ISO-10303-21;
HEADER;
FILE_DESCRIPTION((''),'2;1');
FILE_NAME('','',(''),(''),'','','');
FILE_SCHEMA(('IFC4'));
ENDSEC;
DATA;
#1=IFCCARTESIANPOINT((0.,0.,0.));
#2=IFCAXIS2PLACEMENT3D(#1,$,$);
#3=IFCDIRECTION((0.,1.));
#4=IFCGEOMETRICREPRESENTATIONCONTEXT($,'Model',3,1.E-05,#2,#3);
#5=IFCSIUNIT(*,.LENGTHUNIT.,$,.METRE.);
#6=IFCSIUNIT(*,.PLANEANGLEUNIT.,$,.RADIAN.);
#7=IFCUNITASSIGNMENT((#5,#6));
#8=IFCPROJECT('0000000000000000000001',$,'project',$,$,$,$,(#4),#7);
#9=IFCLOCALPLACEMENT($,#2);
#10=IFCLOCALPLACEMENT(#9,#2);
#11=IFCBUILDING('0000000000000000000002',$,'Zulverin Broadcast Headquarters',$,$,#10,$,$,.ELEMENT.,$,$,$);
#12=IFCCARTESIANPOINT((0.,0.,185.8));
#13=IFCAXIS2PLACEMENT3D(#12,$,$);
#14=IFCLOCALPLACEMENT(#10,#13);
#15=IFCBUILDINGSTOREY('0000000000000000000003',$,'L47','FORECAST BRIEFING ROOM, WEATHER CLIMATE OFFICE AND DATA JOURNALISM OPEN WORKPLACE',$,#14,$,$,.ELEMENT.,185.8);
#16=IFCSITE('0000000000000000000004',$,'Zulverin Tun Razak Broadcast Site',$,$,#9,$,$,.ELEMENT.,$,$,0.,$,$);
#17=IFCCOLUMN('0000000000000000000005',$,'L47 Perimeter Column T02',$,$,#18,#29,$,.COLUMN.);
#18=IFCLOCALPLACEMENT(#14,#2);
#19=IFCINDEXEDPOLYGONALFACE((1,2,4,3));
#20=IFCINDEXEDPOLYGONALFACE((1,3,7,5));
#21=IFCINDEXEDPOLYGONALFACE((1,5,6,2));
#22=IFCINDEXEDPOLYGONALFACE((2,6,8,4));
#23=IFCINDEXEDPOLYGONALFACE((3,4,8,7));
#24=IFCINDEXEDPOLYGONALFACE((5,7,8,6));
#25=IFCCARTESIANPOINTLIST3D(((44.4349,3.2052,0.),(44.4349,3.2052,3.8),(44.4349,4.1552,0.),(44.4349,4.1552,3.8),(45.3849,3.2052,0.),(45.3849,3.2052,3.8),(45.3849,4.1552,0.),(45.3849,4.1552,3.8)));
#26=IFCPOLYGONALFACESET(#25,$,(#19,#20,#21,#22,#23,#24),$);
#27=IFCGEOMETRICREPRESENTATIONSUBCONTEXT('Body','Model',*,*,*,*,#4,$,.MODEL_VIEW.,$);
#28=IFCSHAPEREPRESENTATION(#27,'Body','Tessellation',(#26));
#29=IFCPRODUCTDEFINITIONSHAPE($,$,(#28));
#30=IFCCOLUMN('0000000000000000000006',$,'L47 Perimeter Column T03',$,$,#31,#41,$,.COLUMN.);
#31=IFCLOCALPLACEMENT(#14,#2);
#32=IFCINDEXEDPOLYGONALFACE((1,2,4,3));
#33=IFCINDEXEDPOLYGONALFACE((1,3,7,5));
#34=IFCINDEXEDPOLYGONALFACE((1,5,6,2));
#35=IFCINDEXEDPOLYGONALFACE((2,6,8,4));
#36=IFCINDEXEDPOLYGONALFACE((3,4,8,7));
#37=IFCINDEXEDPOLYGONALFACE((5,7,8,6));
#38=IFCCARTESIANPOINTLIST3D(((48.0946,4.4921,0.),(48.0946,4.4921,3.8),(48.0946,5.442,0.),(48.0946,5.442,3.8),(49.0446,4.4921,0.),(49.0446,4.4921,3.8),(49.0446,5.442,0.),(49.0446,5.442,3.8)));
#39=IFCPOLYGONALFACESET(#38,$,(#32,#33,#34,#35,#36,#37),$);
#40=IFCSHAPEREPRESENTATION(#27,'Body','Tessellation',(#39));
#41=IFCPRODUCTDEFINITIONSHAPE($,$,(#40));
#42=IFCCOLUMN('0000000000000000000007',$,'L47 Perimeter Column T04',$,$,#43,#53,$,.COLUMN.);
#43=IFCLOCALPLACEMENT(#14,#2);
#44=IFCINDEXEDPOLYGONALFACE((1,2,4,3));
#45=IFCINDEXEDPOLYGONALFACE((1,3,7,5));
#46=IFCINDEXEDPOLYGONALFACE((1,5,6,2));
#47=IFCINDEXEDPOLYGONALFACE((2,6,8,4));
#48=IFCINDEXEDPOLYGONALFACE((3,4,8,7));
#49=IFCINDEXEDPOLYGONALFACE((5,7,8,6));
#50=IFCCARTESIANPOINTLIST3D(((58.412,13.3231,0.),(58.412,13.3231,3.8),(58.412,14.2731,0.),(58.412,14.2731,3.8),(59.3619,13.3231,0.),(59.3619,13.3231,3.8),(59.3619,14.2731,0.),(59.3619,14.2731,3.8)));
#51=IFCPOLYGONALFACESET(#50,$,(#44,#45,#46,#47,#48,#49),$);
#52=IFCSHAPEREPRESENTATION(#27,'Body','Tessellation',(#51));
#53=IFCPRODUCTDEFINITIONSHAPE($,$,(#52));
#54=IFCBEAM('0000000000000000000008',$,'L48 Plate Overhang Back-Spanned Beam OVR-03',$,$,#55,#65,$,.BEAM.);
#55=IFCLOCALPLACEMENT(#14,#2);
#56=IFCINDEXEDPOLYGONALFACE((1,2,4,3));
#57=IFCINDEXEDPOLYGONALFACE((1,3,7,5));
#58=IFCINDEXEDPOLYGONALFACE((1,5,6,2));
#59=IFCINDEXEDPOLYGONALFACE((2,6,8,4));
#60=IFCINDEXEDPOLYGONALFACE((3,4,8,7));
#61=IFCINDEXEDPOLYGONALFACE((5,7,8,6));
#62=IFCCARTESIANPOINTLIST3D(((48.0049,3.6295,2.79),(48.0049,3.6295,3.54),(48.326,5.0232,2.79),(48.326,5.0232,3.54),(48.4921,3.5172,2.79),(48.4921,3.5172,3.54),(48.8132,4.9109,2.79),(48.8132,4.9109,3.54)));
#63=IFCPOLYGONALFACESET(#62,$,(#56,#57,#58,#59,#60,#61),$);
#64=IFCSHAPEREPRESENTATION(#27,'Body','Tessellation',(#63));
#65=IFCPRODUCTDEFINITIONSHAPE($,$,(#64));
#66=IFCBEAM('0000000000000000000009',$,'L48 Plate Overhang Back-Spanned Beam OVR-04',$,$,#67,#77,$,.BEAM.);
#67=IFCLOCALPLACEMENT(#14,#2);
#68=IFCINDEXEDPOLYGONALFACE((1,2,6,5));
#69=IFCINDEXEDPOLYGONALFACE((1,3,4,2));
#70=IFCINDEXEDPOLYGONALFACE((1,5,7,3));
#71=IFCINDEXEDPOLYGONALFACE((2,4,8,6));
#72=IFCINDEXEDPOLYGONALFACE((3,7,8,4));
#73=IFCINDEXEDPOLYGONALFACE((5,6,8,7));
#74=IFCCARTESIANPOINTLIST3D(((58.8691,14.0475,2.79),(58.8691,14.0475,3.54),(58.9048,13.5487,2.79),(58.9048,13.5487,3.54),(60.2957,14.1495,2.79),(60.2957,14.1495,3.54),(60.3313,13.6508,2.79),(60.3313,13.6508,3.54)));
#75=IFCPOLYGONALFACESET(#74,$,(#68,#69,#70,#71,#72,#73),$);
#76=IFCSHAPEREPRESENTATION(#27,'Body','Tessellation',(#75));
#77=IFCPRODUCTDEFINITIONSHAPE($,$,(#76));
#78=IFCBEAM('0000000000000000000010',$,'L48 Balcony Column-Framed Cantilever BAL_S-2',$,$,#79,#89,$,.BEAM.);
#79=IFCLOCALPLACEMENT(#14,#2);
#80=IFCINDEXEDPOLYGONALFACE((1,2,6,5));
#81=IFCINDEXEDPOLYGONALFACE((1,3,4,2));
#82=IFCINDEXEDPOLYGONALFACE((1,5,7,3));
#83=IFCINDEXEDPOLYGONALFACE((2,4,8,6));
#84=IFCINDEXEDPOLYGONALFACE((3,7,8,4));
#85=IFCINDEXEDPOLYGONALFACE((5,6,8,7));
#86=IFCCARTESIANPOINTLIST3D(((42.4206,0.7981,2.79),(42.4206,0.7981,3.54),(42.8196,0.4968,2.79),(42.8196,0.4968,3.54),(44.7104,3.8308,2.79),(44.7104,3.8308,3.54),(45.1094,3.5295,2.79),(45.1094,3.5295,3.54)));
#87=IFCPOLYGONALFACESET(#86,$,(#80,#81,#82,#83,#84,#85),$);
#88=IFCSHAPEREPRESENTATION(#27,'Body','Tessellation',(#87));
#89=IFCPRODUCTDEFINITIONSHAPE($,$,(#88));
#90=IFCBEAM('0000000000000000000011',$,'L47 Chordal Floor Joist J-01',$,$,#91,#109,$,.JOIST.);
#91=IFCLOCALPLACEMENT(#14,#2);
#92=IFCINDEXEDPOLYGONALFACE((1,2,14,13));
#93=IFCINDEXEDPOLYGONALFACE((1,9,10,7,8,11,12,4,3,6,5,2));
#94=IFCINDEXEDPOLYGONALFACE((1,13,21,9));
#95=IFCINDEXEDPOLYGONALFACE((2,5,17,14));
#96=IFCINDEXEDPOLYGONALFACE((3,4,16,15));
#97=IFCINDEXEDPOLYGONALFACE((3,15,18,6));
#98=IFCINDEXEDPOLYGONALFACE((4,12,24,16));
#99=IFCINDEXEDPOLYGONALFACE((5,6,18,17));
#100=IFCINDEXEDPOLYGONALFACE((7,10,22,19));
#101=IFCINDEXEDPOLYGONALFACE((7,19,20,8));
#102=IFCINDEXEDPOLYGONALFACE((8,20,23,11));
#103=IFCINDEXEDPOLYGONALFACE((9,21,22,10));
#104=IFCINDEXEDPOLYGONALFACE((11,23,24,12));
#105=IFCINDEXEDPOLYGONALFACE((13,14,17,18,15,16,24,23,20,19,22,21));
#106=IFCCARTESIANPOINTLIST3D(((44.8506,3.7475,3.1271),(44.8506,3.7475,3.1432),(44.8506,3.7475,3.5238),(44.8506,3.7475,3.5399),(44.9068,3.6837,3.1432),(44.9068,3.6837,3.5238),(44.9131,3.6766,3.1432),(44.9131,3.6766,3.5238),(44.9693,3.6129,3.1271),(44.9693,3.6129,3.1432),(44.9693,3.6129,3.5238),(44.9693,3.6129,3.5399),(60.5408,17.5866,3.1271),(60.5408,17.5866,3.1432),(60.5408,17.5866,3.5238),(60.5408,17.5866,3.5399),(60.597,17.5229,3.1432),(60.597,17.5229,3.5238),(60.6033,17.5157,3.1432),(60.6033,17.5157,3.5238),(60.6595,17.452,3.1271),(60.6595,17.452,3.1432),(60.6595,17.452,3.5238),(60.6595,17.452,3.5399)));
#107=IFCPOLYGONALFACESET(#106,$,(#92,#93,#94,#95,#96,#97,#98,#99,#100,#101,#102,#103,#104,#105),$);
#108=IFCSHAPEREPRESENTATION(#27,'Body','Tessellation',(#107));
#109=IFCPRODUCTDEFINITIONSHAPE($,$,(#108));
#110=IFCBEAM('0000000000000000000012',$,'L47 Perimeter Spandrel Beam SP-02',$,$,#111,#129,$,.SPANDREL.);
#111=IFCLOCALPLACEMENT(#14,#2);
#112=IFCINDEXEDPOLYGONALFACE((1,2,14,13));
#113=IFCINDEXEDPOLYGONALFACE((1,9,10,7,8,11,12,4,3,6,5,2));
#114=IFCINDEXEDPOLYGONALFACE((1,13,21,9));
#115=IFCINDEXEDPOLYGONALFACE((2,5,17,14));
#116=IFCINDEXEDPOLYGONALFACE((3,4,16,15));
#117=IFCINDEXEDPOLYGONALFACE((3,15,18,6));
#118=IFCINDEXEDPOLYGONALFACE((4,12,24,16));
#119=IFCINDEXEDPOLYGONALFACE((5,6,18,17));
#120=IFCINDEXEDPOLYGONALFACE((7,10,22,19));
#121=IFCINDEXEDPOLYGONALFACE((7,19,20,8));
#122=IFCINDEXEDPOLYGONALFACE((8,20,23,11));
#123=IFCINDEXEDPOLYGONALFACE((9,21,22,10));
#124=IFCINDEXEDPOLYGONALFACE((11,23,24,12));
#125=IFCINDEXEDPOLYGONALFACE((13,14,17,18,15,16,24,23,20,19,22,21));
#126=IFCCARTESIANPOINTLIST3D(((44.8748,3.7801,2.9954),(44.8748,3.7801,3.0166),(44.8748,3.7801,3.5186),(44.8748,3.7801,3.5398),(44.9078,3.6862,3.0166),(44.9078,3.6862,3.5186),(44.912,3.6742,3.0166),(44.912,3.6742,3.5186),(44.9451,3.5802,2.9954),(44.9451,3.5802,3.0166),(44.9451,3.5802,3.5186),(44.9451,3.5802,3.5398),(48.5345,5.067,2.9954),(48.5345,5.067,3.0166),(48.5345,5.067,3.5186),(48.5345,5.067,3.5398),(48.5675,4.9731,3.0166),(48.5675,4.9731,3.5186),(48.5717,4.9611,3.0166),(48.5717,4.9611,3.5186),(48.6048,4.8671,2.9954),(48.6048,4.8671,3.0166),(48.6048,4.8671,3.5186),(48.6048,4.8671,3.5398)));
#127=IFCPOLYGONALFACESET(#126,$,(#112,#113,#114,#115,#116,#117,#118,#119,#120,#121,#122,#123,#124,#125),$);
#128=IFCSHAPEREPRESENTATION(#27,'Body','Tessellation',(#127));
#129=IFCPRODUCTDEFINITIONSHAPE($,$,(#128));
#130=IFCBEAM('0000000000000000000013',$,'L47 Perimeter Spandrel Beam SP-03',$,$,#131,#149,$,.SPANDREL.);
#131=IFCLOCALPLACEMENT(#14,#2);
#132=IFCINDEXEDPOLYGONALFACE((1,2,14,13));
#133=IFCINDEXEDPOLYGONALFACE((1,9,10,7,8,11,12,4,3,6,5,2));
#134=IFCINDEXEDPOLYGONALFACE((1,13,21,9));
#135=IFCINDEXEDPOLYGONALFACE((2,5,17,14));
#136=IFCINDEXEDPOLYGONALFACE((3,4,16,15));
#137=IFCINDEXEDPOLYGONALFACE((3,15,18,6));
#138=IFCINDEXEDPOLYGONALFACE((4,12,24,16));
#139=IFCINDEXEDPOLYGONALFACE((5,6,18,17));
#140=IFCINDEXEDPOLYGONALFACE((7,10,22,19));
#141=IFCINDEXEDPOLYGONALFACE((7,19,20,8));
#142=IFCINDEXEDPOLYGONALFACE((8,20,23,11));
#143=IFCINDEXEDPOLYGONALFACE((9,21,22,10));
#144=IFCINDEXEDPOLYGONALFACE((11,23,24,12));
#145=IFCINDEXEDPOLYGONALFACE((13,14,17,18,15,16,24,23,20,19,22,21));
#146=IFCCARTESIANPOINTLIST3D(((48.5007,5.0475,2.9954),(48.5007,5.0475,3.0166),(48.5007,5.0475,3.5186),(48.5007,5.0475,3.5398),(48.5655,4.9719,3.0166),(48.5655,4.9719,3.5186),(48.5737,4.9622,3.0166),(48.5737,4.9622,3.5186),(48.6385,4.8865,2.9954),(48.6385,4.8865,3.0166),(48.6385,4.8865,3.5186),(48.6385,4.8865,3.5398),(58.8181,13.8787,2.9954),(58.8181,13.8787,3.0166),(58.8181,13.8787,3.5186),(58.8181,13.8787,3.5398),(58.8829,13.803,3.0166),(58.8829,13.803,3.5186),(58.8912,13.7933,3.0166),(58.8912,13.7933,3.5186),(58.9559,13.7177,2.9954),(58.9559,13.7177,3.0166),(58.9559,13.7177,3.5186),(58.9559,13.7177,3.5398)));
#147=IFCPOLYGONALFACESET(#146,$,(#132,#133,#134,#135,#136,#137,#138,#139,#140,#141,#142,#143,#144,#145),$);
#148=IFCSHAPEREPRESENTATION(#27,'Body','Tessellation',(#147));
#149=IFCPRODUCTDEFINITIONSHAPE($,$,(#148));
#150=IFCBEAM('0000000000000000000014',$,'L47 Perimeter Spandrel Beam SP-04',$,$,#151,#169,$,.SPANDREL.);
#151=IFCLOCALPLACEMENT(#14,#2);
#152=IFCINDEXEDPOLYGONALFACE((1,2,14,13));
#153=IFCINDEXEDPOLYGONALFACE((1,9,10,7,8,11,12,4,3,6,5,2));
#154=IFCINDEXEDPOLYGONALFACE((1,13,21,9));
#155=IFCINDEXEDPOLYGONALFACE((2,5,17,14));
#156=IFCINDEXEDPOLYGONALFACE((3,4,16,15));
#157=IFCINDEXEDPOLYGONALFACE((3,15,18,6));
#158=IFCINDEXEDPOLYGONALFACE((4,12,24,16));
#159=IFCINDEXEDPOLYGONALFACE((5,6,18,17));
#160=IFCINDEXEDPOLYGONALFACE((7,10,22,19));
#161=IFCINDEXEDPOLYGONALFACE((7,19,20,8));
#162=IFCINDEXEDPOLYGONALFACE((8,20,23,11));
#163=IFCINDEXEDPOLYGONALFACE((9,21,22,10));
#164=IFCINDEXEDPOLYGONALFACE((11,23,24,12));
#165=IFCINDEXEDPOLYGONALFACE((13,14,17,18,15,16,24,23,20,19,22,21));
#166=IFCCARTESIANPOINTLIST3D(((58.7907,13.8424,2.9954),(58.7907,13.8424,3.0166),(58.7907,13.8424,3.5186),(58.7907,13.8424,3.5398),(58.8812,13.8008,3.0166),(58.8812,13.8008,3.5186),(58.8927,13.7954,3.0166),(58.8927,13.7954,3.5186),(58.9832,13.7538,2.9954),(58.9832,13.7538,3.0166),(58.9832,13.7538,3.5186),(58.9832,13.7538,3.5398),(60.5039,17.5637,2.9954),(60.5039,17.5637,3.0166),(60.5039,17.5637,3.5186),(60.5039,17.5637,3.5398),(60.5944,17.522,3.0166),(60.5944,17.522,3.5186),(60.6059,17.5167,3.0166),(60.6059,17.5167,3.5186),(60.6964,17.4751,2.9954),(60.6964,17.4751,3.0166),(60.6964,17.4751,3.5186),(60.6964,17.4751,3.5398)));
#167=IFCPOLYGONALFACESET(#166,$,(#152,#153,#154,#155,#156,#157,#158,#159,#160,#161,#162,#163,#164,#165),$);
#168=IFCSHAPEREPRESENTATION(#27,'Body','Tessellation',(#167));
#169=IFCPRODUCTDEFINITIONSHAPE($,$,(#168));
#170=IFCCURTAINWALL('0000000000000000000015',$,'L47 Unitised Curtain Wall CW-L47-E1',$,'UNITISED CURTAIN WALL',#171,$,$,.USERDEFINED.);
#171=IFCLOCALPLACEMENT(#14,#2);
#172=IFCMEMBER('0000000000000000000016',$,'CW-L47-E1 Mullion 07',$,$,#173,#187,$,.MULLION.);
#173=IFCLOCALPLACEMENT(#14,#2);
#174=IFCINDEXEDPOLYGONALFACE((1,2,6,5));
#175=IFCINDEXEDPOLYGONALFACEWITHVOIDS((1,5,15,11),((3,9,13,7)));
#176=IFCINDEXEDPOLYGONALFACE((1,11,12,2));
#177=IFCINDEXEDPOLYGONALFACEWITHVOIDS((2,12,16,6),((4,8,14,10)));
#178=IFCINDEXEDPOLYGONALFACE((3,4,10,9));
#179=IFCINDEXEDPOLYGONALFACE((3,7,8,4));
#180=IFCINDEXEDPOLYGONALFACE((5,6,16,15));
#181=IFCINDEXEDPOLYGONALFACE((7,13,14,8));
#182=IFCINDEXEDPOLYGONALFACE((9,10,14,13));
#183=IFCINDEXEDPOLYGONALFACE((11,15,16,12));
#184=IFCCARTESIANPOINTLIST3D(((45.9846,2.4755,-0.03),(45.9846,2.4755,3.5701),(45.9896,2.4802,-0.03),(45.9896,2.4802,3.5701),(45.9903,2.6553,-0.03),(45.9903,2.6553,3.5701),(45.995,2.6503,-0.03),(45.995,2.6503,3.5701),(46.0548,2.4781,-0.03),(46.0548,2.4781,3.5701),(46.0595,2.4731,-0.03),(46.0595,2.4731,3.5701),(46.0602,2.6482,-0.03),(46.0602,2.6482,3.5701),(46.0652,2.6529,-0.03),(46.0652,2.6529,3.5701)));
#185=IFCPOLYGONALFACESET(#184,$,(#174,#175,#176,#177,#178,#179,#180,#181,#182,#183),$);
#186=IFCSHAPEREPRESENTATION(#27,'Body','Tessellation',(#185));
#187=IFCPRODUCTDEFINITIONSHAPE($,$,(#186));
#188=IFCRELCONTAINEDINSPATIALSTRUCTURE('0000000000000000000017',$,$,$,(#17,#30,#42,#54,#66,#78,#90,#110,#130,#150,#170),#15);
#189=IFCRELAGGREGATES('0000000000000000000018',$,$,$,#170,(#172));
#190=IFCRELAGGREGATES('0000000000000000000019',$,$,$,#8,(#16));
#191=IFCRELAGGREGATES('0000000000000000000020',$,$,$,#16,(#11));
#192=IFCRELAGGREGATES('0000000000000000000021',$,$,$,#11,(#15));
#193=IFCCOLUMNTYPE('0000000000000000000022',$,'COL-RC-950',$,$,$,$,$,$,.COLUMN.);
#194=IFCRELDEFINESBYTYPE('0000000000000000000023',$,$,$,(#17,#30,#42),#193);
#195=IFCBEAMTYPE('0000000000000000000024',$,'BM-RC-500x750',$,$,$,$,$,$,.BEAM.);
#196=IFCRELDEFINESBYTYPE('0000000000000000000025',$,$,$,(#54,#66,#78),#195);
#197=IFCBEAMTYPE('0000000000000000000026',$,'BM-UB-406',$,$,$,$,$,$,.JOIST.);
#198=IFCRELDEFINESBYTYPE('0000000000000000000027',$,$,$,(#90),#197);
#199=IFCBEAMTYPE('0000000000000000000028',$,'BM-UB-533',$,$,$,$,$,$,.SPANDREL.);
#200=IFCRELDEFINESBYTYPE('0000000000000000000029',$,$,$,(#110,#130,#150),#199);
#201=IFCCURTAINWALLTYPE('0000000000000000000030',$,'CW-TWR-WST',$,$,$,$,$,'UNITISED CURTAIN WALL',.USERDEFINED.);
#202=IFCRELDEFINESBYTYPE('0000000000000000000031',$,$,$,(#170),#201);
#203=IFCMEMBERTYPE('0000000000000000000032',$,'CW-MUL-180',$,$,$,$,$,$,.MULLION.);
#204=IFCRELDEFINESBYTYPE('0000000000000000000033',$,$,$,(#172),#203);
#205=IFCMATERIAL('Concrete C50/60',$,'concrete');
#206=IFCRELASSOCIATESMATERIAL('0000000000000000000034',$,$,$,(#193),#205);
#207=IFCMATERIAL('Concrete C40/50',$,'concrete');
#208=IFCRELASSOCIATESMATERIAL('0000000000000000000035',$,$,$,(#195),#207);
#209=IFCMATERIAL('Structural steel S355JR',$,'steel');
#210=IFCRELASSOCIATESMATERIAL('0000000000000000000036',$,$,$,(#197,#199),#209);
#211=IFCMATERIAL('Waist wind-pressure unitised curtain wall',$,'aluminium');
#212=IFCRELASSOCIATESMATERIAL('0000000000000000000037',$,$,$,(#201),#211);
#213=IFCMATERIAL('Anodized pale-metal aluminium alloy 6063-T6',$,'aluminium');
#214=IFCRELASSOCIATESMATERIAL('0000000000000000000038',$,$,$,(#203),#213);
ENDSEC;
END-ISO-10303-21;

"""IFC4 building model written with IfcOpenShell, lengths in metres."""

from ifc_helpers import new_model, si_unit, direction, frame, origin, origin_2d, place, context, subcontext, project, spatial, rectangle, hollow_rectangle, i_section, extrude, material, material_profile, profile_set, type_object, element, aggregate, save


model = new_model("IFC4")

# Units and contexts
model_context = context("Model", 3, precision=1e-05, world=origin(), true_north=direction((0.0, 1.0)))
body_context = subcontext(model_context, "Body", "Model", "MODEL_VIEW")
ifc_project = project(units=[si_unit("LENGTHUNIT", "METRE"), si_unit("PLANEANGLEUNIT", "RADIAN")], contexts=[model_context])

# Site, building, storey
site_placement = place(None, origin())
site = spatial("IfcSite", under=ifc_project, at=site_placement, Name="Zulverin Tun Razak Broadcast Site", CompositionType="ELEMENT", RefElevation=0.0)
building_placement = place(site_placement, origin())
building = spatial("IfcBuilding", under=site, at=building_placement, Name="Zulverin Broadcast Headquarters", CompositionType="ELEMENT")
storey_placement = place(building_placement, frame((0.0, 0.0, 185.8)))
storey = spatial("IfcBuildingStorey", under=building, at=storey_placement, Name="L47", Description="FORECAST BRIEFING ROOM, WEATHER CLIMATE OFFICE AND DATA JOURNALISM OPEN WORKPLACE", CompositionType="ELEMENT", Elevation=185.8)

# Columns
ifc_material_1 = material(Name="Concrete C50/60", Category="concrete")
ifc_material_profile_1 = material_profile(ifc_material_1, rectangle(XDim=0.95, YDim=0.95, at=origin_2d()), Name="Concrete C50/60", Category="concrete")
ifc_profile_set_1 = profile_set([ifc_material_profile_1], Name="Concrete C50/60")
column_type = type_object("IfcColumnType", Name="COL-RC-950", PredefinedType="COLUMN", material=ifc_profile_set_1)
for number, where, z_axis, x_axis, name in (
    (1, (44.9099, 3.6802, 0.0), (0.0, 0.0, 1.0), (1.0, 0.0, 0.0), "L47 Perimeter Column T02"),
    (2, (48.5696, 4.967, 0.0), (0.0, 0.0, 1.0), (1.0, 0.0, 0.0), "L47 Perimeter Column T03"),
    (3, (58.887, 13.7981, 0.0), (0.0, 0.0, 1.0), (1.0, 0.0, 0.0), "L47 Perimeter Column T04"),
):
    element("IfcColumn", number, at=place(storey_placement, frame(where, z_axis=z_axis, x_axis=x_axis)), inside=storey, type_object=column_type, Name=name, PredefinedType="COLUMN", context=body_context, shape_type="SweptSolid", body=[
        extrude(rectangle(XDim=0.95, YDim=0.95, at=origin_2d()), origin(), (0.0, 0.0, 1.0), 3.8),
    ])

# Beams
ifc_material_2 = material(Name="Concrete C40/50", Category="concrete")
ifc_material_profile_2 = material_profile(ifc_material_2, rectangle(XDim=0.5, YDim=0.75, at=origin_2d()), Name="Concrete C40/50", Category="concrete")
ifc_profile_set_2 = profile_set([ifc_material_profile_2], Name="Concrete C40/50")
beam_type_1 = type_object("IfcBeamType", Name="BM-RC-500x750", PredefinedType="BEAM", material=ifc_profile_set_2)
for number, where, z_axis, x_axis, name in (
    (4, (48.5696, 4.967, 3.165), (-0.224498, -0.974475, 0.0), (0.974475, -0.224498, 0.0), "L48 Plate Overhang Back-Spanned Beam OVR-03"),
    (5, (58.887, 13.7981, 3.165), (0.997451, 0.071356, 0.0), (-0.071356, 0.997451, 0.0), "L48 Plate Overhang Back-Spanned Beam OVR-04"),
):
    element("IfcBeam", number, at=place(storey_placement, frame(where, z_axis=z_axis, x_axis=x_axis)), inside=storey, type_object=beam_type_1, Name=name, PredefinedType="BEAM", context=body_context, shape_type="SweptSolid", body=[
        extrude(rectangle(XDim=0.5, YDim=0.75, at=origin_2d()), origin(), (0.0, 0.0, 1.0), 1.4302),
    ])
beam_1_placement = place(storey_placement, frame((44.9099, 3.6802, 3.165), z_axis=(-0.602567, -0.798068, 0.0), x_axis=(0.798068, -0.602567, 0.0)))
element("IfcBeam", 6, at=beam_1_placement, inside=storey, type_object=beam_type_1, Name="L48 Balcony Column-Framed Cantilever BAL_S-2", PredefinedType="BEAM", context=body_context, shape_type="SweptSolid", body=[
    extrude(rectangle(XDim=0.5, YDim=0.75, at=origin_2d()), origin(), (0.0, 0.0, 1.0), 3.8),
])
ifc_material_3 = material(Name="Structural steel S355JR", Category="steel")
ifc_material_profile_3 = material_profile(ifc_material_3, i_section(OverallWidth=0.1794, OverallDepth=0.4128, WebThickness=0.0095, FlangeThickness=0.0161, at=origin_2d()), Name="Structural steel S355JR", Category="steel")
ifc_profile_set_3 = profile_set([ifc_material_profile_3], Name="Structural steel S355JR")
beam_type_2 = type_object("IfcBeamType", Name="BM-UB-406", PredefinedType="JOIST", material=ifc_profile_set_3)
beam_2_placement = place(storey_placement, frame((44.9099, 3.6802, 3.3335), z_axis=(0.74996, 0.661483, 0.0), x_axis=(-0.661483, 0.74996, 0.0)))
element("IfcBeam", 7, at=beam_2_placement, inside=storey, type_object=beam_type_2, Name="L47 Chordal Floor Joist J-01", PredefinedType="JOIST", context=body_context, shape_type="SweptSolid", body=[
    extrude(i_section(OverallWidth=0.1794, OverallDepth=0.4128, WebThickness=0.0095, FlangeThickness=0.0161, at=origin_2d()), origin(), (0.0, 0.0, 1.0), 20.9214),
])
ifc_material_profile_4 = material_profile(ifc_material_3, i_section(OverallWidth=0.2119, OverallDepth=0.5444, WebThickness=0.0127, FlangeThickness=0.0212, at=origin_2d()), Name="Structural steel S355JR", Category="steel")
ifc_profile_set_4 = profile_set([ifc_material_profile_4], Name="Structural steel S355JR")
beam_type_3 = type_object("IfcBeamType", Name="BM-UB-533", PredefinedType="SPANDREL", material=ifc_profile_set_4)
beam_3_placement = place(storey_placement, frame((44.9099, 3.6802, 3.2676), z_axis=(0.943377, 0.331724, 0.0), x_axis=(-0.331724, 0.943377, 0.0)))
element("IfcBeam", 8, at=beam_3_placement, inside=storey, type_object=beam_type_3, Name="L47 Perimeter Spandrel Beam SP-02", PredefinedType="SPANDREL", context=body_context, shape_type="SweptSolid", body=[
    extrude(i_section(OverallWidth=0.2119, OverallDepth=0.5444, WebThickness=0.0127, FlangeThickness=0.0212, at=origin_2d()), origin(), (0.0, 0.0, 1.0), 3.8794),
])
beam_4_placement = place(storey_placement, frame((48.5696, 4.967, 3.2676), z_axis=(0.759708, 0.650264, 0.0), x_axis=(-0.650264, 0.759708, 0.0)))
element("IfcBeam", 9, at=beam_4_placement, inside=storey, type_object=beam_type_3, Name="L47 Perimeter Spandrel Beam SP-03", PredefinedType="SPANDREL", context=body_context, shape_type="SweptSolid", body=[
    extrude(i_section(OverallWidth=0.2119, OverallDepth=0.5444, WebThickness=0.0127, FlangeThickness=0.0212, at=origin_2d()), origin(), (0.0, 0.0, 1.0), 13.5808),
])
beam_5_placement = place(storey_placement, frame((58.887, 13.7981, 3.2676), z_axis=(0.418185, 0.908362, 0.0), x_axis=(-0.908362, 0.418185, 0.0)))
element("IfcBeam", 10, at=beam_5_placement, inside=storey, type_object=beam_type_3, Name="L47 Perimeter Spandrel Beam SP-04", PredefinedType="SPANDREL", context=body_context, shape_type="SweptSolid", body=[
    extrude(i_section(OverallWidth=0.2119, OverallDepth=0.5444, WebThickness=0.0127, FlangeThickness=0.0212, at=origin_2d()), origin(), (0.0, 0.0, 1.0), 4.0967),
])

# Curtain wall, member
ifc_material_4 = material(Name="Waist wind-pressure unitised curtain wall", Category="aluminium")
curtain_wall_type = type_object("IfcCurtainWallType", Name="CW-TWR-WST", ElementType="UNITISED CURTAIN WALL", PredefinedType="USERDEFINED", material=ifc_material_4)
curtain_wall_placement = place(storey_placement, origin())
curtain_wall = element("IfcCurtainWall", 11, at=curtain_wall_placement, inside=storey, type_object=curtain_wall_type, Name="L47 Unitised Curtain Wall CW-L47-E1", ObjectType="UNITISED CURTAIN WALL", PredefinedType="USERDEFINED")
ifc_material_5 = material(Name="Anodized pale-metal aluminium alloy 6063-T6", Category="aluminium")
ifc_material_profile_5 = material_profile(ifc_material_5, hollow_rectangle(XDim=0.075, YDim=0.1799, WallThickness=0.0049, at=origin_2d()), Name="Anodized pale-metal aluminium alloy 6063-T6", Category="aluminium")
ifc_profile_set_5 = profile_set([ifc_material_profile_5], Name="Anodized pale-metal aluminium alloy 6063-T6")
member_type = type_object("IfcMemberType", Name="CW-MUL-180", PredefinedType="MULLION", material=ifc_profile_set_5)
member_placement = place(storey_placement, frame((46.0249, 2.5642, -0.03), z_axis=(0.0, 0.0, 1.0), x_axis=(0.999497, -0.031709, 0.0)))
member = element("IfcMember", 12, at=member_placement, type_object=member_type, Name="CW-L47-E1 Mullion 07", PredefinedType="MULLION", context=body_context, shape_type="SweptSolid", body=[
    extrude(hollow_rectangle(XDim=0.075, YDim=0.1799, WallThickness=0.0049, at=origin_2d()), origin(), (0.0, 0.0, 1.0), 3.6001),
])
aggregate(curtain_wall, [member])

save(model, "model.ifc")
